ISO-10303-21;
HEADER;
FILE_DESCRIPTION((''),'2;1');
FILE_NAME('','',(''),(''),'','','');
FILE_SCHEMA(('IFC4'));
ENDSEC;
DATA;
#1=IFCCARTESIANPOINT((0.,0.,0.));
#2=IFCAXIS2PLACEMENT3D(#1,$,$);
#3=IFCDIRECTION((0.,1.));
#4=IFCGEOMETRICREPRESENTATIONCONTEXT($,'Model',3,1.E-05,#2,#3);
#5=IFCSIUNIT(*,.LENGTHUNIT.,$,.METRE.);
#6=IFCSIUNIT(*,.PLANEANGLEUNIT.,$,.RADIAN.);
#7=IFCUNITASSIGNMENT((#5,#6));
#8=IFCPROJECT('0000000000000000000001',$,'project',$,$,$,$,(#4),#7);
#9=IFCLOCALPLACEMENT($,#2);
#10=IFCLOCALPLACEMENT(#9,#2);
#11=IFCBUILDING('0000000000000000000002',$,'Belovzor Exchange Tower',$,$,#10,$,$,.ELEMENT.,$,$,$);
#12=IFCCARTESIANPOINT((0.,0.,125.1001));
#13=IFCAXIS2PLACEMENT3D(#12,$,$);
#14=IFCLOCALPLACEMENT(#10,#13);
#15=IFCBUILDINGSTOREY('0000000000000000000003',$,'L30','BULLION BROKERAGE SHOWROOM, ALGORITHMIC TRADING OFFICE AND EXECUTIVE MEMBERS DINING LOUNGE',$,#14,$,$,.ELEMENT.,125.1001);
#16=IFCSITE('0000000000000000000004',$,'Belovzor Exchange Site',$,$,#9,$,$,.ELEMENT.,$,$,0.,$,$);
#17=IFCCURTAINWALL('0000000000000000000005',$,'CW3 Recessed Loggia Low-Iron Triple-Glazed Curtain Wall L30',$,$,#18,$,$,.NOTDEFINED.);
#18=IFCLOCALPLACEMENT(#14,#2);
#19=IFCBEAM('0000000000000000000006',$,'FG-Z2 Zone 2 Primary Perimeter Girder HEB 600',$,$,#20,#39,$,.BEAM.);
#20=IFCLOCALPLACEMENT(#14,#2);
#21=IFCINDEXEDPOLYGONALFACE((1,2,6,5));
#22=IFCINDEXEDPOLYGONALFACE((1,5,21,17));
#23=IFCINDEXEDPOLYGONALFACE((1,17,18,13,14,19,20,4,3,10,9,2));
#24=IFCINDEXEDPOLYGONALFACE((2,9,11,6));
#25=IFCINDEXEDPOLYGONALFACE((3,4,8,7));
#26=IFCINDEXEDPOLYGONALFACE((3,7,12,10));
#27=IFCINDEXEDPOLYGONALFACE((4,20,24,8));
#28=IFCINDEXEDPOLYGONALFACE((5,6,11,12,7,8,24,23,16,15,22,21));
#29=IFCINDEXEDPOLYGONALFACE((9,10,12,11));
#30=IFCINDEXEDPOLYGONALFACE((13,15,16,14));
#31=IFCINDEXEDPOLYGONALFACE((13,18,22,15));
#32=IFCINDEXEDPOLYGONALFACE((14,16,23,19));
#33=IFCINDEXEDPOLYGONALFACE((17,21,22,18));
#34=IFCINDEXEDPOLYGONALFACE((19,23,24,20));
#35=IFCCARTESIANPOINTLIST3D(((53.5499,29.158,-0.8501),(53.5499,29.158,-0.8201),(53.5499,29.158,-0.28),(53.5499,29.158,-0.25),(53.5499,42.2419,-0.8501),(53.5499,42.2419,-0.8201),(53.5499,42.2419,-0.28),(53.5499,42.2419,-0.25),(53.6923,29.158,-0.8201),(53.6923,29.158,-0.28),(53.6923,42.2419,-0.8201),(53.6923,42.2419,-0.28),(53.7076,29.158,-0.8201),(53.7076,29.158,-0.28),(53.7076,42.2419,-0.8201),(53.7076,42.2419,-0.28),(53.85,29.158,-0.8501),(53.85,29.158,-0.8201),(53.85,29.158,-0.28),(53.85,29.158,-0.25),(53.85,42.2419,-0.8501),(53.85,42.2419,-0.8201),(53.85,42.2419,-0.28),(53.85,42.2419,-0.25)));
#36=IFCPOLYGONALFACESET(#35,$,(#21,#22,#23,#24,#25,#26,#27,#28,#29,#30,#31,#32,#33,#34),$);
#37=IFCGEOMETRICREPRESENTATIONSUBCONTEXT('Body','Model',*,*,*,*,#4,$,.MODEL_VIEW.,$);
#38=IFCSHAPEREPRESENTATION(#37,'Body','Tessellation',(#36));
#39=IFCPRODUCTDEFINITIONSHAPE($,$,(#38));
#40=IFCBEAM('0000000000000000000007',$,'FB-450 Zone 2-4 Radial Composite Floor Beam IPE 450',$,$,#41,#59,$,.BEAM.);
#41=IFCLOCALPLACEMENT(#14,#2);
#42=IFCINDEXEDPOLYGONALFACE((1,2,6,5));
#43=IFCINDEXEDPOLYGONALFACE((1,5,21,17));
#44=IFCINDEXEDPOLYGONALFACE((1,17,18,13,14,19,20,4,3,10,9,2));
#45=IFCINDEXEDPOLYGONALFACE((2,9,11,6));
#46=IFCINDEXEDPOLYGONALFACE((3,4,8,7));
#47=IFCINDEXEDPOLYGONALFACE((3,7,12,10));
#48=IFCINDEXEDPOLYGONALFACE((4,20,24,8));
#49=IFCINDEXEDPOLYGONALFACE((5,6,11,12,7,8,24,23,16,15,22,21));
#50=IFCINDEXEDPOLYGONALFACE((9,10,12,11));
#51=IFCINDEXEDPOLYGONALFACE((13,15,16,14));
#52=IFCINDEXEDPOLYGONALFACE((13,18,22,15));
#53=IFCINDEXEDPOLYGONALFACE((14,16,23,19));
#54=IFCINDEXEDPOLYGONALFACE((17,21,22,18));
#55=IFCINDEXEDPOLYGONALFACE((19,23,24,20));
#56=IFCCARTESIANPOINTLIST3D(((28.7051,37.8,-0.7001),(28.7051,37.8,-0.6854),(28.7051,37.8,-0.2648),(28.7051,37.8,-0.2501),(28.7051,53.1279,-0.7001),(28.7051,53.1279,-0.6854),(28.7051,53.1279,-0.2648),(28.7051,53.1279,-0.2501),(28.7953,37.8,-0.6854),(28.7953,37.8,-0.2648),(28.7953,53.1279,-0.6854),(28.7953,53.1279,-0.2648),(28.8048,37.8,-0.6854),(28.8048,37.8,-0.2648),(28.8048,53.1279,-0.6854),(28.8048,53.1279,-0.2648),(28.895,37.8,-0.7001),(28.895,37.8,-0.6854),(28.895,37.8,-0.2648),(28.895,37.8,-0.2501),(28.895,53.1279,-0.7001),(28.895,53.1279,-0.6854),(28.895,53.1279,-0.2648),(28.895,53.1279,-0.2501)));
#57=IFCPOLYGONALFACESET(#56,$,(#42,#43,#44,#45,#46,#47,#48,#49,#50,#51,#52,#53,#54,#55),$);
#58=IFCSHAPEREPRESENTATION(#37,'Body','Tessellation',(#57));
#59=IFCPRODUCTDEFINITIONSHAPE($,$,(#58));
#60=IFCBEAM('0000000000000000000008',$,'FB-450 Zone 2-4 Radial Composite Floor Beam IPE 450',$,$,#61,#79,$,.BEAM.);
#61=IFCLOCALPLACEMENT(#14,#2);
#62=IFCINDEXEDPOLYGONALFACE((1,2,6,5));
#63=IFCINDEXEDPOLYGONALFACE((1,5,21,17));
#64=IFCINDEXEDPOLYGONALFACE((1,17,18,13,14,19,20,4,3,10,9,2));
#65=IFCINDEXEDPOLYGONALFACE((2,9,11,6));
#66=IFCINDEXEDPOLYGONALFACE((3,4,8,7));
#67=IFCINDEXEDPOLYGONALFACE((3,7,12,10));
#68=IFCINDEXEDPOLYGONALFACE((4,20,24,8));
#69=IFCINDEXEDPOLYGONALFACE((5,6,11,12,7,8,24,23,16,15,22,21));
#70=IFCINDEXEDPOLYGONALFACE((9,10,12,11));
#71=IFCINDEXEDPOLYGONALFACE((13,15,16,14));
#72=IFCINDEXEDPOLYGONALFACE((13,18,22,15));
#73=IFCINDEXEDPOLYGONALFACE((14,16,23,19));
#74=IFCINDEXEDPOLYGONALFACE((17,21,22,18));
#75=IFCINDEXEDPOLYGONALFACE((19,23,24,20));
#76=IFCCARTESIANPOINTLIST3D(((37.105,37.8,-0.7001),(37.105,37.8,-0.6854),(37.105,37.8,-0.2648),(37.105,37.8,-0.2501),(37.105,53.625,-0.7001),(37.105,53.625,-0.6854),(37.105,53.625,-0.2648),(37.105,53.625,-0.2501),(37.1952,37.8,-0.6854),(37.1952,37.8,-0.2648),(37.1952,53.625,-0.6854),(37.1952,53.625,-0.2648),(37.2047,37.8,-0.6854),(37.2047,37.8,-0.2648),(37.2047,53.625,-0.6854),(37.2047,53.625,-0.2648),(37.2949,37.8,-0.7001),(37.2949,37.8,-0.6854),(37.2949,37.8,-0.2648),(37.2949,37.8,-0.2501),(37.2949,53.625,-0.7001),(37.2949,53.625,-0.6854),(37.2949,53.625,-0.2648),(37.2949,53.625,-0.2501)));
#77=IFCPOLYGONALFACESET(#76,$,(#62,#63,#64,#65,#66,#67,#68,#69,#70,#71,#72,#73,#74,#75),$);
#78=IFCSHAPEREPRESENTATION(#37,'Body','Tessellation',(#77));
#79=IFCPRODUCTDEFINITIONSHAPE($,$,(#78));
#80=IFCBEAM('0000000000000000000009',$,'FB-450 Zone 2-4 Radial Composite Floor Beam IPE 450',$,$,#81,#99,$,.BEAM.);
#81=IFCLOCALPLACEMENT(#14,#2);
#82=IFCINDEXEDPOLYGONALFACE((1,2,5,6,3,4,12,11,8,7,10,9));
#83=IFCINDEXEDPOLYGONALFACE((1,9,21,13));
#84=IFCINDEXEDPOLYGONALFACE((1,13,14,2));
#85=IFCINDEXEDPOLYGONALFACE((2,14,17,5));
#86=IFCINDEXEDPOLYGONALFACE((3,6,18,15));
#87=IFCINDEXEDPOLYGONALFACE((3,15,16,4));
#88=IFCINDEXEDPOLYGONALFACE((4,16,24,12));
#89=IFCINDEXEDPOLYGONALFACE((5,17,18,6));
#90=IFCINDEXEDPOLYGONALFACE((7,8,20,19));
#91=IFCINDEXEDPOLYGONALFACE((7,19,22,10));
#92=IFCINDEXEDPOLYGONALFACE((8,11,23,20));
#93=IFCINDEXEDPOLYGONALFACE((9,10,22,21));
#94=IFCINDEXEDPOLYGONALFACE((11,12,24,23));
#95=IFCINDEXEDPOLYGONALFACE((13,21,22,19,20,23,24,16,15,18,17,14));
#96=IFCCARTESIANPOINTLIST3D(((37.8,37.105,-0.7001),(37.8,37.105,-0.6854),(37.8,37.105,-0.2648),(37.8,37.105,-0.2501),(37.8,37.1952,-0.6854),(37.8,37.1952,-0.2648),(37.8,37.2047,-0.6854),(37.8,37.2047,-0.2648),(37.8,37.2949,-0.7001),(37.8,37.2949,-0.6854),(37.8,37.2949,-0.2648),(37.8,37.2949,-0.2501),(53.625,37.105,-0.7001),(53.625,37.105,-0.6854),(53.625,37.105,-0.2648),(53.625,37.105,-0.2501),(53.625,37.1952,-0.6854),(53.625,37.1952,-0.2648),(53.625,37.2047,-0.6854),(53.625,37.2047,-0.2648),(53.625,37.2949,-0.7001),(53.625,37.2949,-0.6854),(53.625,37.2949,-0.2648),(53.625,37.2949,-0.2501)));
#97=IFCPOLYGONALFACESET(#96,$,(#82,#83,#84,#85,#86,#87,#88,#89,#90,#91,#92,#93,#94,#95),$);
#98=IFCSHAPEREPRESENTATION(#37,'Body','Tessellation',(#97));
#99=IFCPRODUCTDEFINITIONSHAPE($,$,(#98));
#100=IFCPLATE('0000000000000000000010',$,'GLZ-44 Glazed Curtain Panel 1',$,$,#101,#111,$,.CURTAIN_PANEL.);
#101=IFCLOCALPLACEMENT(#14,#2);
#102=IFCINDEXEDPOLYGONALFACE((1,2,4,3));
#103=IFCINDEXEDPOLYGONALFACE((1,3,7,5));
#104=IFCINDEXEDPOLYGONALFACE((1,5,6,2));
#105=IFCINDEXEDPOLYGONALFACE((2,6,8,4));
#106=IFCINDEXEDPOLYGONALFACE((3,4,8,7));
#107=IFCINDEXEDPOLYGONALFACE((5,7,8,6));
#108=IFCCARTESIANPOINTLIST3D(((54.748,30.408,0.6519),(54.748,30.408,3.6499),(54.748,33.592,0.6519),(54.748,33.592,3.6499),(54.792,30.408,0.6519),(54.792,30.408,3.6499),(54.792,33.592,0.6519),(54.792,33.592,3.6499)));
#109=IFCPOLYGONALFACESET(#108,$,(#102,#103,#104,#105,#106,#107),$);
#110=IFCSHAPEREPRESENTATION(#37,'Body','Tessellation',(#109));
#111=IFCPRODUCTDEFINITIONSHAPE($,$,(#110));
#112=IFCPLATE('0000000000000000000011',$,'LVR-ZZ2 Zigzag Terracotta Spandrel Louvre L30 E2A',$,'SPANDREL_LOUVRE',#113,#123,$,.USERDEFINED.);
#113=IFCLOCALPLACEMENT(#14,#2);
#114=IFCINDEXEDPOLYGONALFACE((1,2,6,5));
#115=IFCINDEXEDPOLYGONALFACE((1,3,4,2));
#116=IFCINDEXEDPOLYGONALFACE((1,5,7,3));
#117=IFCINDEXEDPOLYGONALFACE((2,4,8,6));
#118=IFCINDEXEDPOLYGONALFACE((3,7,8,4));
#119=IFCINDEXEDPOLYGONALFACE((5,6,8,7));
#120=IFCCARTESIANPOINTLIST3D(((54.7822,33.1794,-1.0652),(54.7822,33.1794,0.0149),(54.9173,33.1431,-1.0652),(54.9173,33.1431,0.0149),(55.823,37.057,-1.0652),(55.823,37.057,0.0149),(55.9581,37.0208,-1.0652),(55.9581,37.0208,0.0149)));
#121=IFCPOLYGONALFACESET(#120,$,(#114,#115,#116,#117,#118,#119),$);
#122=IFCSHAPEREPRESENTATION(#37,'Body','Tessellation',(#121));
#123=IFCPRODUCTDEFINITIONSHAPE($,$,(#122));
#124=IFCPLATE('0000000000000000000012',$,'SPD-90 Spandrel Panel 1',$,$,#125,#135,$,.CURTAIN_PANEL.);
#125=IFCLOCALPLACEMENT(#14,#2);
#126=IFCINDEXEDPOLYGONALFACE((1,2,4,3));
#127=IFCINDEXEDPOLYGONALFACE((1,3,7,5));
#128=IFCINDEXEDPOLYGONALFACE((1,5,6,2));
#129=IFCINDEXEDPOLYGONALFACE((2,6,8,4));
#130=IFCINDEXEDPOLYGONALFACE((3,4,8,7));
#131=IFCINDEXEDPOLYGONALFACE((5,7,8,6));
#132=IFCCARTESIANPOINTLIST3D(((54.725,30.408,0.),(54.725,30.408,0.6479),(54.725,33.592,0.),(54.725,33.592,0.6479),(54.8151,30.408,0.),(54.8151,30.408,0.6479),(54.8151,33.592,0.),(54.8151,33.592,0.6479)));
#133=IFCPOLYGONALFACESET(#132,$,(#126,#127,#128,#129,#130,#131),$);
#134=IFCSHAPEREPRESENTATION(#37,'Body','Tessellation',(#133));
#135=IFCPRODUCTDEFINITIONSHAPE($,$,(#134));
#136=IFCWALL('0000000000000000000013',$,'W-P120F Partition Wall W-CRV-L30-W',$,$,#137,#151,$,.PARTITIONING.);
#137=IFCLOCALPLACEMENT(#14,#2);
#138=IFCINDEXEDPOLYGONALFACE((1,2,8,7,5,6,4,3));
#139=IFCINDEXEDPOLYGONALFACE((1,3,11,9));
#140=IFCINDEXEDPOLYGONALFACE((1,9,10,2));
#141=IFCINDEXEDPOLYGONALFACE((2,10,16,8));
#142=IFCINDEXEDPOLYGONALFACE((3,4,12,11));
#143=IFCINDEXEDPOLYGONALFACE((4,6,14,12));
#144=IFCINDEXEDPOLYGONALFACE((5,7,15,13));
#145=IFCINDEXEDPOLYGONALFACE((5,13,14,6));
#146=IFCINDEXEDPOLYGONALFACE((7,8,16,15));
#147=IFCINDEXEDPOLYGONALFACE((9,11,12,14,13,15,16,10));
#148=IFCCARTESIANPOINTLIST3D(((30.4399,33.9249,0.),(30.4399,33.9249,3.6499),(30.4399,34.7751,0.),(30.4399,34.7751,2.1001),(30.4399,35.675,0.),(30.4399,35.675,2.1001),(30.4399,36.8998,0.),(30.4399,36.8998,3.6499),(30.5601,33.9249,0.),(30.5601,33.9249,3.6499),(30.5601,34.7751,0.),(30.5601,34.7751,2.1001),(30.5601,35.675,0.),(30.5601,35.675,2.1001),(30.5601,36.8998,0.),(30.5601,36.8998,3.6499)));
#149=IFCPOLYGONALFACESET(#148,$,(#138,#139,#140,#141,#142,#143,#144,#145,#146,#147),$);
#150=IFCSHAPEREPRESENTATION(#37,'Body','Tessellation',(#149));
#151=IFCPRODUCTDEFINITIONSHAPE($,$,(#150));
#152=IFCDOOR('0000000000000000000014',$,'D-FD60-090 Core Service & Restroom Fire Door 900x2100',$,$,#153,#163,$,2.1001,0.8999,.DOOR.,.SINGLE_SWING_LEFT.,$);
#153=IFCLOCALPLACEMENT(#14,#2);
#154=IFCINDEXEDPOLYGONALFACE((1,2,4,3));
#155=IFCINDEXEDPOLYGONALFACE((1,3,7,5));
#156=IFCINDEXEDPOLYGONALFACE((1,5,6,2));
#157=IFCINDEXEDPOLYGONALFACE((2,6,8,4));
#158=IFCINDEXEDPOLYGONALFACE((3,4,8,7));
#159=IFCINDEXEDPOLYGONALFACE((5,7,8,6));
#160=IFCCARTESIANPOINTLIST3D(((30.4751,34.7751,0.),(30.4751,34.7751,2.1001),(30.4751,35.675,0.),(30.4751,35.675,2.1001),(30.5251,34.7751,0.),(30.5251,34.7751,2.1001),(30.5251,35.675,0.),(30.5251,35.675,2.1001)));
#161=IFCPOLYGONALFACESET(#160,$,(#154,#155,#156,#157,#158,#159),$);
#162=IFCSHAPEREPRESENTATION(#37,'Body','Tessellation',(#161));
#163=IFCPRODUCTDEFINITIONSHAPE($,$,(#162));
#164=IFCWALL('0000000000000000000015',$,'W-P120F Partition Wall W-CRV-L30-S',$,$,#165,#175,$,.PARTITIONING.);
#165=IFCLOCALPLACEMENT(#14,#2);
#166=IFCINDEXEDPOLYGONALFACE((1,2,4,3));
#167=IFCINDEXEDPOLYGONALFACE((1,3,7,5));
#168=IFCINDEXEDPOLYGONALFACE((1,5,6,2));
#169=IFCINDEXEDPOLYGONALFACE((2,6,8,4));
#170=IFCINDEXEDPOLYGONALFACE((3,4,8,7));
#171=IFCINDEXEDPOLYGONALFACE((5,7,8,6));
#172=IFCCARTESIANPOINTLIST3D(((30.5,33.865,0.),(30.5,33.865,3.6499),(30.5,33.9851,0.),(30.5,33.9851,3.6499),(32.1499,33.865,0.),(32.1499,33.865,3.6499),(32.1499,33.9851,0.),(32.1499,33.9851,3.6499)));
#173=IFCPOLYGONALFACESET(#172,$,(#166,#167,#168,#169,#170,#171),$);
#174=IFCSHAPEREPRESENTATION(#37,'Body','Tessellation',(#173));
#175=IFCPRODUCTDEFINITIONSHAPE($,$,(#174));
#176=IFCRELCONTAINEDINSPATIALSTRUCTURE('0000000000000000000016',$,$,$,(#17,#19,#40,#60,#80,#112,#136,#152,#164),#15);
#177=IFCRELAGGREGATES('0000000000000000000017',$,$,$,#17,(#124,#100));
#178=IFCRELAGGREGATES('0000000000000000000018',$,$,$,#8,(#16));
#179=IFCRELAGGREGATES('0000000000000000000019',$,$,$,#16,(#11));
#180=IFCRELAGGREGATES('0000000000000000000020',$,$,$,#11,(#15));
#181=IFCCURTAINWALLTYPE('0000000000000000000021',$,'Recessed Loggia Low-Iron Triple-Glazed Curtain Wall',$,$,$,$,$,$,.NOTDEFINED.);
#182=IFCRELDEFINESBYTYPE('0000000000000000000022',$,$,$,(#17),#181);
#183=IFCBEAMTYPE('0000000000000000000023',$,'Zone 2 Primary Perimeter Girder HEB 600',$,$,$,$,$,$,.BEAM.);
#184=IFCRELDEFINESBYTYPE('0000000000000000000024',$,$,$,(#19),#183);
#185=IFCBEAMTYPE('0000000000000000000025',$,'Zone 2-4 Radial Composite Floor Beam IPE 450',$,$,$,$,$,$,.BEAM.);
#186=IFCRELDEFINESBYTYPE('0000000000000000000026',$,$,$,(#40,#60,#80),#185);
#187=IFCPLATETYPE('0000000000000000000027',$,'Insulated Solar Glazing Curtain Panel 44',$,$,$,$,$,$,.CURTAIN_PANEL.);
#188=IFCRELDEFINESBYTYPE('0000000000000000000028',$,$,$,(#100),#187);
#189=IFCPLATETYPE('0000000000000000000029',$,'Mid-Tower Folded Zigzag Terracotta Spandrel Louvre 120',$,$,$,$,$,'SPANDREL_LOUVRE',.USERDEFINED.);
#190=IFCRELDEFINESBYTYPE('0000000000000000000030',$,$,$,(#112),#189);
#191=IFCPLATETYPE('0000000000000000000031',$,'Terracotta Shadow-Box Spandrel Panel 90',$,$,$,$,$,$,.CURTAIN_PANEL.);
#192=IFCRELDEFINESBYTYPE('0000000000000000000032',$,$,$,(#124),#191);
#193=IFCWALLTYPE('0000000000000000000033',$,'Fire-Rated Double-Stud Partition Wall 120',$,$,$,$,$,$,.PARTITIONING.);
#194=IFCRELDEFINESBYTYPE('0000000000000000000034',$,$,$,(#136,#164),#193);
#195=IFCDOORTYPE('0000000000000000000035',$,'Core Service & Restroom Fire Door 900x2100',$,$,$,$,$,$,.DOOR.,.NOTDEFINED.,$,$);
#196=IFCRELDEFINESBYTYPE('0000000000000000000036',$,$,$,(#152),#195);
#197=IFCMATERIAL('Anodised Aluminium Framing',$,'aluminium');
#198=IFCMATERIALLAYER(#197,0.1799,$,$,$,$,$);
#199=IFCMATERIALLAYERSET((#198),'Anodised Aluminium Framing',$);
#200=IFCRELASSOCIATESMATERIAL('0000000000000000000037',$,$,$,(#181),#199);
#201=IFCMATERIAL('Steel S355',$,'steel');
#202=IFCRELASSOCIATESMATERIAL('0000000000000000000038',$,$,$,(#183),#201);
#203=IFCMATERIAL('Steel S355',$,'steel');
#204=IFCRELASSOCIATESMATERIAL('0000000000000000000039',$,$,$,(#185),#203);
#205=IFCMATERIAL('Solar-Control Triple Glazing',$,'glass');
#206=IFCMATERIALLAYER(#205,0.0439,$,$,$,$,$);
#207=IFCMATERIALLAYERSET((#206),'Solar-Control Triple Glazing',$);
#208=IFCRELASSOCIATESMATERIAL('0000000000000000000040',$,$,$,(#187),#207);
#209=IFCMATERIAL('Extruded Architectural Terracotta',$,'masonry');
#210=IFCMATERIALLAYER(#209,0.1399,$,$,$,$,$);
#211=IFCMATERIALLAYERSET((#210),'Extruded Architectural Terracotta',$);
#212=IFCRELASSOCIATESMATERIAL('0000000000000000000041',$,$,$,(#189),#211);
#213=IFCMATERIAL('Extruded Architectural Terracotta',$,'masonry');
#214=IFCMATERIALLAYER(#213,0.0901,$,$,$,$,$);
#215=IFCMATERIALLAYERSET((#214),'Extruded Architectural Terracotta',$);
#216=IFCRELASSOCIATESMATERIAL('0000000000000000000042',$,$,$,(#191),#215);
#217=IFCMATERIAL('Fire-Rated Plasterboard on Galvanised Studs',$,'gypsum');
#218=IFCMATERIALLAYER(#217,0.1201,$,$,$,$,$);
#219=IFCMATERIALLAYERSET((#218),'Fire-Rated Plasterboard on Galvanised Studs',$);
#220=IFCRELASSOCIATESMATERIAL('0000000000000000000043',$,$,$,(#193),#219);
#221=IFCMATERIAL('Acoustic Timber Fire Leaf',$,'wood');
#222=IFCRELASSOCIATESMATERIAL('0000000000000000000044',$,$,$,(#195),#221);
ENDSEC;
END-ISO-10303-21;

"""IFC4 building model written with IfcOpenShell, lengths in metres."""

from ifc_helpers import new_model, si_unit, direction, frame, frame_2d, origin, origin_2d, place, context, subcontext, project, spatial, rectangle, i_section, extrude, material, layer, layer_set, material_profile, profile_set, type_object, element, fill, aggregate, save


model = new_model("IFC4")

# Units and contexts
model_context = context("Model", 3, precision=1e-05, world=origin(), true_north=direction((0.0, 1.0)))
body_context = subcontext(model_context, "Body", "Model", "MODEL_VIEW")
ifc_project = project(units=[si_unit("LENGTHUNIT", "METRE"), si_unit("PLANEANGLEUNIT", "RADIAN")], contexts=[model_context])

# Site, building, storey
site_placement = place(None, origin())
site = spatial("IfcSite", under=ifc_project, at=site_placement, Name="Belovzor Exchange Site", CompositionType="ELEMENT", RefElevation=0.0)
building_placement = place(site_placement, origin())
building = spatial("IfcBuilding", under=site, at=building_placement, Name="Belovzor Exchange Tower", CompositionType="ELEMENT")
storey_placement = place(building_placement, frame((0.0, 0.0, 125.1001)))
storey = spatial("IfcBuildingStorey", under=building, at=storey_placement, Name="L30", Description="BULLION BROKERAGE SHOWROOM, ALGORITHMIC TRADING OFFICE AND EXECUTIVE MEMBERS DINING LOUNGE", CompositionType="ELEMENT", Elevation=125.1001)

# Curtain wall
ifc_material_1 = material(Name="Anodised Aluminium Framing", Category="aluminium")
ifc_layer_1 = layer(ifc_material_1, 0.1799)
ifc_layer_set_1 = layer_set([ifc_layer_1], Name="Anodised Aluminium Framing")
curtain_wall_type = type_object("IfcCurtainWallType", Name="Recessed Loggia Low-Iron Triple-Glazed Curtain Wall", PredefinedType="NOTDEFINED", material=ifc_layer_set_1)
curtain_wall_placement = place(storey_placement, origin())
curtain_wall = element("IfcCurtainWall", 1, at=curtain_wall_placement, inside=storey, type_object=curtain_wall_type, Name="CW3 Recessed Loggia Low-Iron Triple-Glazed Curtain Wall L30", PredefinedType="NOTDEFINED")

# Beams
ifc_material_2 = material(Name="Steel S355", Category="steel")
ifc_material_profile_1 = material_profile(ifc_material_2, i_section(OverallWidth=0.3, OverallDepth=0.6001, WebThickness=0.0154, FlangeThickness=0.03, at=origin_2d()))
ifc_profile_set_1 = profile_set([ifc_material_profile_1], Name="Steel S355")
beam_type_1 = type_object("IfcBeamType", Name="Zone 2 Primary Perimeter Girder HEB 600", PredefinedType="BEAM", material=ifc_profile_set_1)
beam_1_placement = place(storey_placement, frame((53.7, 29.158, -0.55), z_axis=(0.0, 1.0, 0.0), x_axis=(-1.0, 0.0, 0.0)))
element("IfcBeam", 2, at=beam_1_placement, inside=storey, type_object=beam_type_1, Name="FG-Z2 Zone 2 Primary Perimeter Girder HEB 600", PredefinedType="BEAM", context=body_context, shape_type="SweptSolid", body=[
    extrude(i_section(OverallWidth=0.3, OverallDepth=0.6001, WebThickness=0.0154, FlangeThickness=0.03, at=origin_2d()), origin(), (0.0, 0.0, 1.0), 13.084),
])
ifc_material_3 = material(Name="Steel S355", Category="steel")
ifc_material_profile_2 = material_profile(ifc_material_3, i_section(OverallWidth=0.1899, OverallDepth=0.45, WebThickness=0.0095, FlangeThickness=0.0146, at=origin_2d()))
ifc_profile_set_2 = profile_set([ifc_material_profile_2], Name="Steel S355")
beam_type_2 = type_object("IfcBeamType", Name="Zone 2-4 Radial Composite Floor Beam IPE 450", PredefinedType="BEAM", material=ifc_profile_set_2)
beam_2_placement = place(storey_placement, frame((28.8, 37.8, -0.4751), z_axis=(0.0, 1.0, 0.0), x_axis=(-1.0, 0.0, 0.0)))
element("IfcBeam", 3, at=beam_2_placement, inside=storey, type_object=beam_type_2, Name="FB-450 Zone 2-4 Radial Composite Floor Beam IPE 450", PredefinedType="BEAM", context=body_context, shape_type="SweptSolid", body=[
    extrude(i_section(OverallWidth=0.1899, OverallDepth=0.45, WebThickness=0.0095, FlangeThickness=0.0146, at=origin_2d()), origin(), (0.0, 0.0, 1.0), 15.3279),
])
for number, where, z_axis, x_axis, name in (
    (4, (37.2, 37.8, -0.4751), (0.0, 1.0, 0.0), (-1.0, 0.0, 0.0), "FB-450 Zone 2-4 Radial Composite Floor Beam IPE 450"),
    (5, (37.8, 37.2, -0.4751), (1.0, 0.0, 0.0), (0.0, 1.0, 0.0), "FB-450 Zone 2-4 Radial Composite Floor Beam IPE 450"),
):
    element("IfcBeam", number, at=place(storey_placement, frame(where, z_axis=z_axis, x_axis=x_axis)), inside=storey, type_object=beam_type_2, Name=name, PredefinedType="BEAM", context=body_context, shape_type="SweptSolid", body=[
        extrude(i_section(OverallWidth=0.1899, OverallDepth=0.45, WebThickness=0.0095, FlangeThickness=0.0146, at=origin_2d()), origin(), (0.0, 0.0, 1.0), 15.825),
    ])

# Plates
ifc_material_4 = material(Name="Solar-Control Triple Glazing", Category="glass")
ifc_layer_2 = layer(ifc_material_4, 0.0439)
ifc_layer_set_2 = layer_set([ifc_layer_2], Name="Solar-Control Triple Glazing")
plate_type_1 = type_object("IfcPlateType", Name="Insulated Solar Glazing Curtain Panel 44", PredefinedType="CURTAIN_PANEL", material=ifc_layer_set_2)
plate_1_placement = place(storey_placement, frame((54.77, 32.0, 0.6519), z_axis=(0.0, 0.0, 1.0), x_axis=(0.0, -1.0, 0.0)))
plate_1 = element("IfcPlate", 6, at=plate_1_placement, type_object=plate_type_1, Name="GLZ-44 Glazed Curtain Panel 1", PredefinedType="CURTAIN_PANEL", context=body_context, shape_type="SweptSolid", body=[
    extrude(rectangle(XDim=3.1841, YDim=0.0439, at=origin_2d()), origin(), (0.0, 0.0, 1.0), 2.998),
])
ifc_material_5 = material(Name="Extruded Architectural Terracotta", Category="masonry")
ifc_layer_3 = layer(ifc_material_5, 0.1399)
ifc_layer_set_3 = layer_set([ifc_layer_3], Name="Extruded Architectural Terracotta")
plate_type_2 = type_object("IfcPlateType", Name="Mid-Tower Folded Zigzag Terracotta Spandrel Louvre 120", ElementType="SPANDREL_LOUVRE", PredefinedType="USERDEFINED", material=ifc_layer_set_3)
plate_2_placement = place(storey_placement, frame((55.3701, 35.1001, -1.0652), z_axis=(0.0, 0.0, 1.0), x_axis=(0.25924, 0.965813, 0.0)))
element("IfcPlate", 7, at=plate_2_placement, inside=storey, type_object=plate_type_2, Name="LVR-ZZ2 Zigzag Terracotta Spandrel Louvre L30 E2A", ObjectType="SPANDREL_LOUVRE", PredefinedType="USERDEFINED", context=body_context, shape_type="SweptSolid", body=[
    extrude(rectangle(XDim=4.0149, YDim=0.1399, at=origin_2d()), origin(), (0.0, 0.0, 1.0), 1.0801),
])
ifc_material_6 = material(Name="Extruded Architectural Terracotta", Category="masonry")
ifc_layer_4 = layer(ifc_material_6, 0.0901)
ifc_layer_set_4 = layer_set([ifc_layer_4], Name="Extruded Architectural Terracotta")
plate_type_3 = type_object("IfcPlateType", Name="Terracotta Shadow-Box Spandrel Panel 90", PredefinedType="CURTAIN_PANEL", material=ifc_layer_set_4)
plate_3_placement = place(storey_placement, frame((54.77, 32.0, 0.0), z_axis=(0.0, 0.0, 1.0), x_axis=(0.0, -1.0, 0.0)))
plate_3 = element("IfcPlate", 8, at=plate_3_placement, type_object=plate_type_3, Name="SPD-90 Spandrel Panel 1", PredefinedType="CURTAIN_PANEL", context=body_context, shape_type="SweptSolid", body=[
    extrude(rectangle(XDim=3.1841, YDim=0.0901, at=origin_2d()), origin(), (0.0, 0.0, 1.0), 0.6479),
])
aggregate(curtain_wall, [plate_3, plate_1])

# Wall, opening, door
ifc_material_7 = material(Name="Fire-Rated Plasterboard on Galvanised Studs", Category="gypsum")
ifc_layer_5 = layer(ifc_material_7, 0.1201)
ifc_layer_set_5 = layer_set([ifc_layer_5], Name="Fire-Rated Plasterboard on Galvanised Studs")
wall_type_1 = type_object("IfcWallType", Name="Fire-Rated Double-Stud Partition Wall 120", PredefinedType="PARTITIONING", material=ifc_layer_set_5)
wall_1_placement = place(storey_placement, frame((30.5, 33.925, 0.0), z_axis=(0.0, 0.0, 1.0), x_axis=(0.0, 1.0, 0.0)))
wall_1 = element("IfcWall", 9, at=wall_1_placement, inside=storey, type_object=wall_type_1, Name="W-P120F Partition Wall W-CRV-L30-W", PredefinedType="PARTITIONING", context=body_context, shape_type="SweptSolid", body=[
    extrude(rectangle(XDim=2.9749, YDim=0.1201, at=frame_2d((1.4873, 0.0))), origin(), (0.0, 0.0, 1.0), 3.6499),
])
opening_placement = place(wall_1_placement, frame((0.8501, 0.0, 0.0)))
opening = element("IfcOpeningElement", 10, at=opening_placement, cuts=wall_1, PredefinedType="OPENING", context=body_context, shape_type="SweptSolid", body=[
    extrude(rectangle(XDim=0.8999, YDim=2.1001, at=frame_2d((0.45, 1.05))), frame((0.0, 0.0701, 0.0), z_axis=(0.0, -1.0, 0.0), x_axis=(1.0, 0.0, 0.0)), (0.0, 0.0, 1.0), 0.1401),
])
ifc_material_8 = material(Name="Acoustic Timber Fire Leaf", Category="wood")
door_type = type_object("IfcDoorType", Name="Core Service & Restroom Fire Door 900x2100", OperationType="NOTDEFINED", PredefinedType="DOOR", material=ifc_material_8)
door_placement = place(opening_placement, origin())
door = element("IfcDoor", 11, at=door_placement, inside=storey, type_object=door_type, Name="D-FD60-090 Core Service & Restroom Fire Door 900x2100", OperationType="SINGLE_SWING_LEFT", OverallHeight=2.1001, OverallWidth=0.8999, PredefinedType="DOOR", context=body_context, shape_type="SweptSolid", body=[
    extrude(rectangle(XDim=0.8999, YDim=2.1001, at=frame_2d((0.45, 1.05))), frame((0.0, 0.0249, 0.0), z_axis=(0.0, -1.0, 0.0), x_axis=(1.0, 0.0, 0.0)), (0.0, 0.0, 1.0), 0.05),
])
fill(opening, door)

# Wall
wall_2_placement = place(storey_placement, frame((30.5, 33.925, 0.0), z_axis=(0.0, 0.0, 1.0), x_axis=(1.0, 0.0, 0.0)))
element("IfcWall", 12, at=wall_2_placement, inside=storey, type_object=wall_type_1, Name="W-P120F Partition Wall W-CRV-L30-S", PredefinedType="PARTITIONING", context=body_context, shape_type="SweptSolid", body=[
    extrude(rectangle(XDim=1.6499, YDim=0.1201, at=frame_2d((0.825, 0.0))), origin(), (0.0, 0.0, 1.0), 3.6499),
])

save(model, "model.ifc")
